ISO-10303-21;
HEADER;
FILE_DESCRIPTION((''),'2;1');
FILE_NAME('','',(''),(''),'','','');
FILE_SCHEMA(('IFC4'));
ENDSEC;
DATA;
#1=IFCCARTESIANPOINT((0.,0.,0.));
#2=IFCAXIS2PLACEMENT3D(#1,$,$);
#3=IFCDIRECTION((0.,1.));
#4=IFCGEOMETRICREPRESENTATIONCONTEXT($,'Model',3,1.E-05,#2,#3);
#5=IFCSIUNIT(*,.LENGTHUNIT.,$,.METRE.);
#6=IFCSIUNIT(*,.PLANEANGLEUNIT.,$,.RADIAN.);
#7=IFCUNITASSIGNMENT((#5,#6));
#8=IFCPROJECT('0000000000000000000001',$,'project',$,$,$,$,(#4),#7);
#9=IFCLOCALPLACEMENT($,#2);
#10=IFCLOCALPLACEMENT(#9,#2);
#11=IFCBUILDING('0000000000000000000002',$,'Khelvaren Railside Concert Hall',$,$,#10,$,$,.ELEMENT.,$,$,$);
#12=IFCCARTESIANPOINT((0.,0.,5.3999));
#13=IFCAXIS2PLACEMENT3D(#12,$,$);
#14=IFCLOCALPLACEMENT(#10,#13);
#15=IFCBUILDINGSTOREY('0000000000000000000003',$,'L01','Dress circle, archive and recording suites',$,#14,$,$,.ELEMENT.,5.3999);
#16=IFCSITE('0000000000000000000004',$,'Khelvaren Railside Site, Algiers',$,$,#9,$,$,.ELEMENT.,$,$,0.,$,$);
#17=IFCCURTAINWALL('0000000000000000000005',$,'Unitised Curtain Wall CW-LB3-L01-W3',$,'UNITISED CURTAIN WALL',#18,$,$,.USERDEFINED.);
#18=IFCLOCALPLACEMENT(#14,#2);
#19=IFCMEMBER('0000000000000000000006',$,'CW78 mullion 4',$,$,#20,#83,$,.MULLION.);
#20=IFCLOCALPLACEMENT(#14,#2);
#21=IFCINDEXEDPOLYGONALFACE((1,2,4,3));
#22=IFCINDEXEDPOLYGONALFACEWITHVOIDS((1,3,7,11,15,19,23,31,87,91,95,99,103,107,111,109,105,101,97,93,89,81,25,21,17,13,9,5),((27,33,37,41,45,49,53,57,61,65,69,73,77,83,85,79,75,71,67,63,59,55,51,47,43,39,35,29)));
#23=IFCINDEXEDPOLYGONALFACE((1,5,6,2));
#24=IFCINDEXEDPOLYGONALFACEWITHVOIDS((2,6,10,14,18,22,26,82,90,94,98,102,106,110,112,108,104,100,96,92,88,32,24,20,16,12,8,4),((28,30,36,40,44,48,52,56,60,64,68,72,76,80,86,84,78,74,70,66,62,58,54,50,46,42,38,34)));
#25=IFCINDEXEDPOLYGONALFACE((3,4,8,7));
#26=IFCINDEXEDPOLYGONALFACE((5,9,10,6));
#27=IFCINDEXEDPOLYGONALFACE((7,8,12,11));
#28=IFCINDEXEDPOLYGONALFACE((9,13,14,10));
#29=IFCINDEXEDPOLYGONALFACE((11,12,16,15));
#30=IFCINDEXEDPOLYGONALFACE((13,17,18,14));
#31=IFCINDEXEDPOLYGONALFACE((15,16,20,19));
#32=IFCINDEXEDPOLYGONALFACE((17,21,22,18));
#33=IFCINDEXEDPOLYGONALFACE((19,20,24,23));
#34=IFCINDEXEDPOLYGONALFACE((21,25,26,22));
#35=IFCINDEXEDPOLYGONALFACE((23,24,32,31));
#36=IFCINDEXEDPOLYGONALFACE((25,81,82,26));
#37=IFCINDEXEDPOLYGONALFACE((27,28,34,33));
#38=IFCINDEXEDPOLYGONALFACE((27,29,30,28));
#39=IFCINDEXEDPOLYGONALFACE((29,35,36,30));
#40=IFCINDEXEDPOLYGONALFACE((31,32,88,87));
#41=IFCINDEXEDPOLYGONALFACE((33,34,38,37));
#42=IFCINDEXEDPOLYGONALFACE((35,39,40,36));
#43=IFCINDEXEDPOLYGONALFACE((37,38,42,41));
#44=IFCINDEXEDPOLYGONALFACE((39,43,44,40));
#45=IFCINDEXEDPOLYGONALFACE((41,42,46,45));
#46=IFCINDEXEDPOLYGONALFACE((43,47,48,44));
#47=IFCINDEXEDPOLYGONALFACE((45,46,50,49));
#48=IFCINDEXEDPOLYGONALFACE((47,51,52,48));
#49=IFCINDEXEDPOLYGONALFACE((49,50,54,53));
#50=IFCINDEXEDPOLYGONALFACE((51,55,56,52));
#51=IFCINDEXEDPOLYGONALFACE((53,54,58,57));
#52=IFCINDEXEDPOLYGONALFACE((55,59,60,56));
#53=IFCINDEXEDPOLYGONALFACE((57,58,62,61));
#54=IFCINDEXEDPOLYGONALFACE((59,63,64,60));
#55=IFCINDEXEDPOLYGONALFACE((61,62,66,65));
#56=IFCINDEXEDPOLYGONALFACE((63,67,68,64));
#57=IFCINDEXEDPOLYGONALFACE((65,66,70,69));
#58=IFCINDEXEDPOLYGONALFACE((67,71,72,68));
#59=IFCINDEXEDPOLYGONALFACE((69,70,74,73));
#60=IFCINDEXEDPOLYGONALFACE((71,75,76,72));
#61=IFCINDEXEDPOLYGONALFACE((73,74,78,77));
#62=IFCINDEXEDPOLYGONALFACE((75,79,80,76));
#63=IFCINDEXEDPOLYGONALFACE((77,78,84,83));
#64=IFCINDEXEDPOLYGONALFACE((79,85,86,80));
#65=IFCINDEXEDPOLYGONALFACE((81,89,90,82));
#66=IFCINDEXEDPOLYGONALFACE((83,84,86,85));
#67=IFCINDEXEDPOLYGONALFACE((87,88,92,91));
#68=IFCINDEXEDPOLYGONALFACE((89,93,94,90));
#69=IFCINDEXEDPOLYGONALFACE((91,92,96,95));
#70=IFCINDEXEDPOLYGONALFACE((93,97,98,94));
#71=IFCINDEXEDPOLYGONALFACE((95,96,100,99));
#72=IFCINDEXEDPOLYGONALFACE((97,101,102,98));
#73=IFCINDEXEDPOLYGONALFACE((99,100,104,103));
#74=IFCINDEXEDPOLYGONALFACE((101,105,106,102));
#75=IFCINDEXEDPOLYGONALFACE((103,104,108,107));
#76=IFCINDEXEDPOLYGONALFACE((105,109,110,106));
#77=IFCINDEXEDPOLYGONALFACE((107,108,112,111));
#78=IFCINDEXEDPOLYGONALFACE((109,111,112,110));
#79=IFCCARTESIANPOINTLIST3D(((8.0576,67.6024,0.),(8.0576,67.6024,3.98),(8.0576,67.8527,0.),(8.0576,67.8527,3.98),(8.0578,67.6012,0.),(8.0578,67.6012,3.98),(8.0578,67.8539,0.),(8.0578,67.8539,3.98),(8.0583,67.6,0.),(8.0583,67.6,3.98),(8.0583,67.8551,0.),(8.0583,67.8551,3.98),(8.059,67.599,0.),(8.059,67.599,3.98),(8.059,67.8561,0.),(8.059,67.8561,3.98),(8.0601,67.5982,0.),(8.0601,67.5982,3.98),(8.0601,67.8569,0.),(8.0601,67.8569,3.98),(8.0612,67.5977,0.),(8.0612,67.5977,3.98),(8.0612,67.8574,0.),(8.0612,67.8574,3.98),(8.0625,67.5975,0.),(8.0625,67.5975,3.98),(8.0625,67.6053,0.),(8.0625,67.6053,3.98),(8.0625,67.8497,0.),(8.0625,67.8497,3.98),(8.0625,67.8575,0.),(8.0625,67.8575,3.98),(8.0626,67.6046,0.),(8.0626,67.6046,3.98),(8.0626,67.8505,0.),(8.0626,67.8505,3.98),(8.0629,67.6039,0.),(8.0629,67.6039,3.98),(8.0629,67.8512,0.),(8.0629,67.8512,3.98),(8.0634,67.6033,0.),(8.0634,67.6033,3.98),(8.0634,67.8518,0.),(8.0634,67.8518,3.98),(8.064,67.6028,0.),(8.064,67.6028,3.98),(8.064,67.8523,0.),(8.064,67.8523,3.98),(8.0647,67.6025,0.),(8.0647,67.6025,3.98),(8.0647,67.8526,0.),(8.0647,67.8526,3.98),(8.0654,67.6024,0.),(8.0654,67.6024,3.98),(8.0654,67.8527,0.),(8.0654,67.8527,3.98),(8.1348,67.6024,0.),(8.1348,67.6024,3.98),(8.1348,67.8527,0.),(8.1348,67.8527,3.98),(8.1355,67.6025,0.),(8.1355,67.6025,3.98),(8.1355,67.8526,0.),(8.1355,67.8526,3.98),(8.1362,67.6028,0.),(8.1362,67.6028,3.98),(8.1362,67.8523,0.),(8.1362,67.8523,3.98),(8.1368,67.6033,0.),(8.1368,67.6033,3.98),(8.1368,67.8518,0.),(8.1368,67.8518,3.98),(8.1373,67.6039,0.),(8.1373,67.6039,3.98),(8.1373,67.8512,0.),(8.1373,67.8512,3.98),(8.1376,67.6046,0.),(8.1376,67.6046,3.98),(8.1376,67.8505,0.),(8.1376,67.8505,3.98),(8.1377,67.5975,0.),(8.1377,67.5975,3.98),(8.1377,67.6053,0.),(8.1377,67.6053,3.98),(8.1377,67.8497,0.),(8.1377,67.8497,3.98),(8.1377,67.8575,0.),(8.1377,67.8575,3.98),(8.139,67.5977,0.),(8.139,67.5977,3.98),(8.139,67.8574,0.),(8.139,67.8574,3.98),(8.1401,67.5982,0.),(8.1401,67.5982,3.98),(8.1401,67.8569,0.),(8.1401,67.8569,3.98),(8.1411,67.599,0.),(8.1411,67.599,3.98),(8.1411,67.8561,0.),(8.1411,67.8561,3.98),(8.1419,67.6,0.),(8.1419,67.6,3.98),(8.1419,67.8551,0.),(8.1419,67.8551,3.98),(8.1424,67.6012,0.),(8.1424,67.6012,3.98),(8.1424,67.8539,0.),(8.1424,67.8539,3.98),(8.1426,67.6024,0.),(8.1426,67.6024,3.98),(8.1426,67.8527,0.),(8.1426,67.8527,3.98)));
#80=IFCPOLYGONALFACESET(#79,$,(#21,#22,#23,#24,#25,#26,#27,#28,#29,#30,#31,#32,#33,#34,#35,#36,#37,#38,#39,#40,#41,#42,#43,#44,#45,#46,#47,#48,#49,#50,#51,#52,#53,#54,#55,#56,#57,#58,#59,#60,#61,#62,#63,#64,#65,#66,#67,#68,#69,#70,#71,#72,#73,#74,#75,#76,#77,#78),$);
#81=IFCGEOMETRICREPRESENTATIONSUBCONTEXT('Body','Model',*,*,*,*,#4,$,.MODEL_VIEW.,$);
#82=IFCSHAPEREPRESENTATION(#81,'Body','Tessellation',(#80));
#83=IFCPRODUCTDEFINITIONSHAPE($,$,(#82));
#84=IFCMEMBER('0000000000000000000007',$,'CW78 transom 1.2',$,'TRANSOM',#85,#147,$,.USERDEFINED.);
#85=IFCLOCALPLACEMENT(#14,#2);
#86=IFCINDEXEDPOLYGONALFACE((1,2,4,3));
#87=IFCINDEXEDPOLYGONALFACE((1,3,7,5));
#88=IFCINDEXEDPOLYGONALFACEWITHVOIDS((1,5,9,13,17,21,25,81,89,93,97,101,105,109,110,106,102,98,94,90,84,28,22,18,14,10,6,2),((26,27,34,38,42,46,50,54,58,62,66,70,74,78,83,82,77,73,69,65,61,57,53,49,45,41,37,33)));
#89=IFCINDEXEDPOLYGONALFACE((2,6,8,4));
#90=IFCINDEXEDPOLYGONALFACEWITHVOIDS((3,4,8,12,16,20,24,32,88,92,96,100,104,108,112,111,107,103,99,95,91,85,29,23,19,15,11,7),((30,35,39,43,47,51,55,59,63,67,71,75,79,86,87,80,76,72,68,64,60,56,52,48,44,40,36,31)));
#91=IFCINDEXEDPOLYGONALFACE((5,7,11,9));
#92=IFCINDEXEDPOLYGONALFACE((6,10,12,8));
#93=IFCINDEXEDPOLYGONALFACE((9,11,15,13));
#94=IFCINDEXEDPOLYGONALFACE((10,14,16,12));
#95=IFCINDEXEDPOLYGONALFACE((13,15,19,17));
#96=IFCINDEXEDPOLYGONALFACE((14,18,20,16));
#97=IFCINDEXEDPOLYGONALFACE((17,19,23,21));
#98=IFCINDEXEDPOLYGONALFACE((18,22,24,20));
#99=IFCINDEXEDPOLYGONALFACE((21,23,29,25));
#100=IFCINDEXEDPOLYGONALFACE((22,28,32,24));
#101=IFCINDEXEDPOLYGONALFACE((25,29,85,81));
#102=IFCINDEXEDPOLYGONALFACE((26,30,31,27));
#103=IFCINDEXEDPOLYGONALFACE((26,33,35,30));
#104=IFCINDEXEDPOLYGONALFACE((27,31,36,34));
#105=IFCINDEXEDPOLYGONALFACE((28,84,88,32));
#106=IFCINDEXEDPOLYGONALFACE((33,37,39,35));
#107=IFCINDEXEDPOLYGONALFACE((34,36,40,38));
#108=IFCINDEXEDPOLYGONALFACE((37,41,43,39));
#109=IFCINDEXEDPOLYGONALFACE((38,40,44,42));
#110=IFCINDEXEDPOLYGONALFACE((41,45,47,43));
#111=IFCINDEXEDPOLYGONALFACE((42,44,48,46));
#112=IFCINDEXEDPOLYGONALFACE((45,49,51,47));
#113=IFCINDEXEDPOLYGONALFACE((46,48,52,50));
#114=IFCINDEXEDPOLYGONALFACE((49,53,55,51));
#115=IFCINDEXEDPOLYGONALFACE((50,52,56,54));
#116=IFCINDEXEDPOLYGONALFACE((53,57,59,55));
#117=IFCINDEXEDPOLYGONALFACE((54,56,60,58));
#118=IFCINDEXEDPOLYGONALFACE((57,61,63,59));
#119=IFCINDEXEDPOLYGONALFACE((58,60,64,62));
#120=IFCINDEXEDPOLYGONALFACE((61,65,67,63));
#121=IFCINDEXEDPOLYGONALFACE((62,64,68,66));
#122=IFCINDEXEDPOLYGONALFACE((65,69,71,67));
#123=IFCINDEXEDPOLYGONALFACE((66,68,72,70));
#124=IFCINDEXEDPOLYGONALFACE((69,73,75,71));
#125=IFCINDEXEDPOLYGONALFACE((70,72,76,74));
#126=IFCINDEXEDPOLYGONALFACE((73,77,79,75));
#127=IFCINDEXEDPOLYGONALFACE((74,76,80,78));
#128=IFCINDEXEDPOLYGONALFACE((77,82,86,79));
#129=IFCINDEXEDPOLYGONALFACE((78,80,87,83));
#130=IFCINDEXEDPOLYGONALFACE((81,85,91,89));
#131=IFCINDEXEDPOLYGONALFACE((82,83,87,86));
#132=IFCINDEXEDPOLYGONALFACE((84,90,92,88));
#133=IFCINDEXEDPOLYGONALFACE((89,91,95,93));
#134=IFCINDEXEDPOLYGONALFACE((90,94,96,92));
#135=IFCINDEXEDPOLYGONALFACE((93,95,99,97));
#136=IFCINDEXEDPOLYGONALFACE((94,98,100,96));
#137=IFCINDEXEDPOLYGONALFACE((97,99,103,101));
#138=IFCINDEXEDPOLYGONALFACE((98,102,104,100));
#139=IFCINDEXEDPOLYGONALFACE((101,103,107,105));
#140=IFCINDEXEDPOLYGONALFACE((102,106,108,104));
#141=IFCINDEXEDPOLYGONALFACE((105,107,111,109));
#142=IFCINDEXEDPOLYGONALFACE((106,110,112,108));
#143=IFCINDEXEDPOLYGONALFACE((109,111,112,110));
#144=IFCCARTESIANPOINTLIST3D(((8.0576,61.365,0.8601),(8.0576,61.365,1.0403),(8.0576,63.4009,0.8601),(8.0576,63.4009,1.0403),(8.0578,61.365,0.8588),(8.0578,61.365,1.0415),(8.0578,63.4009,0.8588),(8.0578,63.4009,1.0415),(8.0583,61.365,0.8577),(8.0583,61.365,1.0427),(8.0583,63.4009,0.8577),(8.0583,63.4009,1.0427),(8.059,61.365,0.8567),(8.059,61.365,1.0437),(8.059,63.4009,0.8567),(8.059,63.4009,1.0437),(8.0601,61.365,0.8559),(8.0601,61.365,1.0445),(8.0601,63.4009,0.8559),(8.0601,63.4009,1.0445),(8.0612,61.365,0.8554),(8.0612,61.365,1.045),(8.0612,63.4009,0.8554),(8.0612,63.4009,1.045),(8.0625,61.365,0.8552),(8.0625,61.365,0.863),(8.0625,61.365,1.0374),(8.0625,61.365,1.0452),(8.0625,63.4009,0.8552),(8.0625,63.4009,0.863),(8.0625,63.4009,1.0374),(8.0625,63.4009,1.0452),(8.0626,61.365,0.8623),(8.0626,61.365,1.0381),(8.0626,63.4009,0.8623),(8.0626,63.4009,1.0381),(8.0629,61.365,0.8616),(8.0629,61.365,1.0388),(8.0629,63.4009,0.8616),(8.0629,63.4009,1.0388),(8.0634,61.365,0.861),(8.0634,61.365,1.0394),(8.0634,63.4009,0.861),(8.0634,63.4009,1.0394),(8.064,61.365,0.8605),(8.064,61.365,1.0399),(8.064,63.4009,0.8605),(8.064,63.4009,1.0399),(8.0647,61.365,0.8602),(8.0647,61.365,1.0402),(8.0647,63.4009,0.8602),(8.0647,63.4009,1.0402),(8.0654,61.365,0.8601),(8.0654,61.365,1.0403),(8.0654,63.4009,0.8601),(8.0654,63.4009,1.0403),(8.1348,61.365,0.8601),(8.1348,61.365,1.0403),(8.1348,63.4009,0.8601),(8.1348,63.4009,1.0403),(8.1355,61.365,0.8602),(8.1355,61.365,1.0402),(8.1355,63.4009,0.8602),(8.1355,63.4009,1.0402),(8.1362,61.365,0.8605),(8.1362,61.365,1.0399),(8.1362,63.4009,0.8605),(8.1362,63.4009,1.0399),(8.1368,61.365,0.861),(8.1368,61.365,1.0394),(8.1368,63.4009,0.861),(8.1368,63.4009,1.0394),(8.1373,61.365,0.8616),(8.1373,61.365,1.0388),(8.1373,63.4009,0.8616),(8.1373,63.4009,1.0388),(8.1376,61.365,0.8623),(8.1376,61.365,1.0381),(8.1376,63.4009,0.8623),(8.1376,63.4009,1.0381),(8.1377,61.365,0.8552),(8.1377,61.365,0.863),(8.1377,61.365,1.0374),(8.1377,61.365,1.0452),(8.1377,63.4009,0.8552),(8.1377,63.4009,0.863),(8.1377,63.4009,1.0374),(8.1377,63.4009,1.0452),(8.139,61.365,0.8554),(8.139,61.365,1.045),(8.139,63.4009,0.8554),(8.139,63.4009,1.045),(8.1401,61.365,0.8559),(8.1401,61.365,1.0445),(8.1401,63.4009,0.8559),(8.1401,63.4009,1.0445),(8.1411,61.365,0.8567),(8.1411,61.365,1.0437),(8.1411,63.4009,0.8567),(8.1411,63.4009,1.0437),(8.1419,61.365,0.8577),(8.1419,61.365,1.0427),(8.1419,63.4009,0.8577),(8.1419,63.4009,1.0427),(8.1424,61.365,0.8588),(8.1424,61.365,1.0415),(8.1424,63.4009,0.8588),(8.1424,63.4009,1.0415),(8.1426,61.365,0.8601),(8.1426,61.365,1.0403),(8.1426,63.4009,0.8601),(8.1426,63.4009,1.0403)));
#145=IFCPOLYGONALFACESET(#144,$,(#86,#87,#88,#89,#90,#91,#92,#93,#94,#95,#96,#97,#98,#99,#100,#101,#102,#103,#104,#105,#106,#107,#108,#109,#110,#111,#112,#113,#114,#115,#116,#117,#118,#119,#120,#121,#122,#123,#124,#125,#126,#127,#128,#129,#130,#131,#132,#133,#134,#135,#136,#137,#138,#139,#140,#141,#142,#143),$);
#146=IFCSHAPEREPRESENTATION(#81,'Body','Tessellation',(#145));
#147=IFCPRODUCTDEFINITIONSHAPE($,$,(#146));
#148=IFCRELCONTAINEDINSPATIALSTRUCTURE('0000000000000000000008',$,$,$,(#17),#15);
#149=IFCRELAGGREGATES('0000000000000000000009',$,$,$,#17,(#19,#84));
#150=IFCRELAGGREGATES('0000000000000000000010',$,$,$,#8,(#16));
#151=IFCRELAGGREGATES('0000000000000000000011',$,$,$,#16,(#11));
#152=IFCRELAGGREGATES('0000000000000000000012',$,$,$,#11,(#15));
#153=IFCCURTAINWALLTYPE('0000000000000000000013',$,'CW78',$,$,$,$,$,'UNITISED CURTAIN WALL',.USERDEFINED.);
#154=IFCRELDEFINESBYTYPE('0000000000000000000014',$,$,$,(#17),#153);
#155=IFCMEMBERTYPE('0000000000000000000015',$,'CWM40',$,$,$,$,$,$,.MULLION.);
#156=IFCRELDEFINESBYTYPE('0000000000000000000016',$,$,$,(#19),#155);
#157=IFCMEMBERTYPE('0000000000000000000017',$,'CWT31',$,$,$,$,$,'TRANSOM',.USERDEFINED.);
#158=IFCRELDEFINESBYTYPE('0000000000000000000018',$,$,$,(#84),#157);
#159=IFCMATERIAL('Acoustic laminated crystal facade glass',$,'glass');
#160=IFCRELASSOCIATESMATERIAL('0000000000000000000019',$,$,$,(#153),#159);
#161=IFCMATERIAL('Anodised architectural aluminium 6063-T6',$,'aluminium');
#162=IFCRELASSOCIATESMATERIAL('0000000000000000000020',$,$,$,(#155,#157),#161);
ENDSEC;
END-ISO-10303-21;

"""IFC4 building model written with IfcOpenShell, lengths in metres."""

from ifc_helpers import new_model, si_unit, direction, frame, origin, origin_2d, place, context, subcontext, project, spatial, hollow_rectangle, extrude, material, material_profile, profile_set, type_object, element, aggregate, save


model = new_model("IFC4")

# Units and contexts
model_context = context("Model", 3, precision=1e-05, world=origin(), true_north=direction((0.0, 1.0)))
body_context = subcontext(model_context, "Body", "Model", "MODEL_VIEW")
ifc_project = project(units=[si_unit("LENGTHUNIT", "METRE"), si_unit("PLANEANGLEUNIT", "RADIAN")], contexts=[model_context])

# Site, building, storey
site_placement = place(None, origin())
site = spatial("IfcSite", under=ifc_project, at=site_placement, Name="Khelvaren Railside Site, Algiers", CompositionType="ELEMENT", RefElevation=0.0)
building_placement = place(site_placement, origin())
building = spatial("IfcBuilding", under=site, at=building_placement, Name="Khelvaren Railside Concert Hall", CompositionType="ELEMENT")
storey_placement = place(building_placement, frame((0.0, 0.0, 5.3999)))
storey = spatial("IfcBuildingStorey", under=building, at=storey_placement, Name="L01", Description="Dress circle, archive and recording suites", CompositionType="ELEMENT", Elevation=5.3999)

# Curtain wall, members
ifc_material_1 = material(Name="Acoustic laminated crystal facade glass", Category="glass")
curtain_wall_type = type_object("IfcCurtainWallType", Name="CW78", ElementType="UNITISED CURTAIN WALL", PredefinedType="USERDEFINED", material=ifc_material_1)
curtain_wall_placement = place(storey_placement, origin())
curtain_wall = element("IfcCurtainWall", 1, at=curtain_wall_placement, inside=storey, type_object=curtain_wall_type, Name="Unitised Curtain Wall CW-LB3-L01-W3", ObjectType="UNITISED CURTAIN WALL", PredefinedType="USERDEFINED")
ifc_material_2 = material(Name="Anodised architectural aluminium 6063-T6", Category="aluminium")
ifc_material_profile_1 = material_profile(ifc_material_2, hollow_rectangle(XDim=0.085, YDim=0.26, WallThickness=0.0049, InnerFilletRadius=0.0029, OuterFilletRadius=0.0049, at=origin_2d()), Name="CWM 85x260x5")
ifc_profile_set_1 = profile_set([ifc_material_profile_1], Name="Anodised architectural aluminium 6063-T6")
member_type_1 = type_object("IfcMemberType", Name="CWM40", PredefinedType="MULLION", material=ifc_profile_set_1)
member_1_placement = place(storey_placement, frame((8.1001, 67.7275, 0.0), z_axis=(0.0, 0.0, 1.0), x_axis=(-1.0, 0.0, 0.0)))
member_1 = element("IfcMember", 2, at=member_1_placement, type_object=member_type_1, Name="CW78 mullion 4", PredefinedType="MULLION", context=body_context, shape_type="SweptSolid", body=[
    extrude(hollow_rectangle(XDim=0.085, YDim=0.26, WallThickness=0.0049, InnerFilletRadius=0.0029, OuterFilletRadius=0.0049, at=origin_2d()), origin(), (0.0, 0.0, 1.0), 3.98),
])
ifc_material_profile_2 = material_profile(ifc_material_2, hollow_rectangle(XDim=0.085, YDim=0.1899, WallThickness=0.0049, InnerFilletRadius=0.0029, OuterFilletRadius=0.0049, at=origin_2d()), Name="CWT 85x190x5")
ifc_profile_set_2 = profile_set([ifc_material_profile_2], Name="Anodised architectural aluminium 6063-T6")
member_type_2 = type_object("IfcMemberType", Name="CWT31", ElementType="TRANSOM", PredefinedType="USERDEFINED", material=ifc_profile_set_2)
member_2_placement = place(storey_placement, frame((8.1001, 61.365, 0.9502), z_axis=(0.0, 1.0, 0.0), x_axis=(-1.0, 0.0, 0.0)))
member_2 = element("IfcMember", 3, at=member_2_placement, type_object=member_type_2, Name="CW78 transom 1.2", ObjectType="TRANSOM", PredefinedType="USERDEFINED", context=body_context, shape_type="SweptSolid", body=[
    extrude(hollow_rectangle(XDim=0.085, YDim=0.1899, WallThickness=0.0049, InnerFilletRadius=0.0029, OuterFilletRadius=0.0049, at=origin_2d()), origin(), (0.0, 0.0, 1.0), 2.0359),
])

aggregate(curtain_wall, [member_1, member_2])

save(model, "model.ifc")
